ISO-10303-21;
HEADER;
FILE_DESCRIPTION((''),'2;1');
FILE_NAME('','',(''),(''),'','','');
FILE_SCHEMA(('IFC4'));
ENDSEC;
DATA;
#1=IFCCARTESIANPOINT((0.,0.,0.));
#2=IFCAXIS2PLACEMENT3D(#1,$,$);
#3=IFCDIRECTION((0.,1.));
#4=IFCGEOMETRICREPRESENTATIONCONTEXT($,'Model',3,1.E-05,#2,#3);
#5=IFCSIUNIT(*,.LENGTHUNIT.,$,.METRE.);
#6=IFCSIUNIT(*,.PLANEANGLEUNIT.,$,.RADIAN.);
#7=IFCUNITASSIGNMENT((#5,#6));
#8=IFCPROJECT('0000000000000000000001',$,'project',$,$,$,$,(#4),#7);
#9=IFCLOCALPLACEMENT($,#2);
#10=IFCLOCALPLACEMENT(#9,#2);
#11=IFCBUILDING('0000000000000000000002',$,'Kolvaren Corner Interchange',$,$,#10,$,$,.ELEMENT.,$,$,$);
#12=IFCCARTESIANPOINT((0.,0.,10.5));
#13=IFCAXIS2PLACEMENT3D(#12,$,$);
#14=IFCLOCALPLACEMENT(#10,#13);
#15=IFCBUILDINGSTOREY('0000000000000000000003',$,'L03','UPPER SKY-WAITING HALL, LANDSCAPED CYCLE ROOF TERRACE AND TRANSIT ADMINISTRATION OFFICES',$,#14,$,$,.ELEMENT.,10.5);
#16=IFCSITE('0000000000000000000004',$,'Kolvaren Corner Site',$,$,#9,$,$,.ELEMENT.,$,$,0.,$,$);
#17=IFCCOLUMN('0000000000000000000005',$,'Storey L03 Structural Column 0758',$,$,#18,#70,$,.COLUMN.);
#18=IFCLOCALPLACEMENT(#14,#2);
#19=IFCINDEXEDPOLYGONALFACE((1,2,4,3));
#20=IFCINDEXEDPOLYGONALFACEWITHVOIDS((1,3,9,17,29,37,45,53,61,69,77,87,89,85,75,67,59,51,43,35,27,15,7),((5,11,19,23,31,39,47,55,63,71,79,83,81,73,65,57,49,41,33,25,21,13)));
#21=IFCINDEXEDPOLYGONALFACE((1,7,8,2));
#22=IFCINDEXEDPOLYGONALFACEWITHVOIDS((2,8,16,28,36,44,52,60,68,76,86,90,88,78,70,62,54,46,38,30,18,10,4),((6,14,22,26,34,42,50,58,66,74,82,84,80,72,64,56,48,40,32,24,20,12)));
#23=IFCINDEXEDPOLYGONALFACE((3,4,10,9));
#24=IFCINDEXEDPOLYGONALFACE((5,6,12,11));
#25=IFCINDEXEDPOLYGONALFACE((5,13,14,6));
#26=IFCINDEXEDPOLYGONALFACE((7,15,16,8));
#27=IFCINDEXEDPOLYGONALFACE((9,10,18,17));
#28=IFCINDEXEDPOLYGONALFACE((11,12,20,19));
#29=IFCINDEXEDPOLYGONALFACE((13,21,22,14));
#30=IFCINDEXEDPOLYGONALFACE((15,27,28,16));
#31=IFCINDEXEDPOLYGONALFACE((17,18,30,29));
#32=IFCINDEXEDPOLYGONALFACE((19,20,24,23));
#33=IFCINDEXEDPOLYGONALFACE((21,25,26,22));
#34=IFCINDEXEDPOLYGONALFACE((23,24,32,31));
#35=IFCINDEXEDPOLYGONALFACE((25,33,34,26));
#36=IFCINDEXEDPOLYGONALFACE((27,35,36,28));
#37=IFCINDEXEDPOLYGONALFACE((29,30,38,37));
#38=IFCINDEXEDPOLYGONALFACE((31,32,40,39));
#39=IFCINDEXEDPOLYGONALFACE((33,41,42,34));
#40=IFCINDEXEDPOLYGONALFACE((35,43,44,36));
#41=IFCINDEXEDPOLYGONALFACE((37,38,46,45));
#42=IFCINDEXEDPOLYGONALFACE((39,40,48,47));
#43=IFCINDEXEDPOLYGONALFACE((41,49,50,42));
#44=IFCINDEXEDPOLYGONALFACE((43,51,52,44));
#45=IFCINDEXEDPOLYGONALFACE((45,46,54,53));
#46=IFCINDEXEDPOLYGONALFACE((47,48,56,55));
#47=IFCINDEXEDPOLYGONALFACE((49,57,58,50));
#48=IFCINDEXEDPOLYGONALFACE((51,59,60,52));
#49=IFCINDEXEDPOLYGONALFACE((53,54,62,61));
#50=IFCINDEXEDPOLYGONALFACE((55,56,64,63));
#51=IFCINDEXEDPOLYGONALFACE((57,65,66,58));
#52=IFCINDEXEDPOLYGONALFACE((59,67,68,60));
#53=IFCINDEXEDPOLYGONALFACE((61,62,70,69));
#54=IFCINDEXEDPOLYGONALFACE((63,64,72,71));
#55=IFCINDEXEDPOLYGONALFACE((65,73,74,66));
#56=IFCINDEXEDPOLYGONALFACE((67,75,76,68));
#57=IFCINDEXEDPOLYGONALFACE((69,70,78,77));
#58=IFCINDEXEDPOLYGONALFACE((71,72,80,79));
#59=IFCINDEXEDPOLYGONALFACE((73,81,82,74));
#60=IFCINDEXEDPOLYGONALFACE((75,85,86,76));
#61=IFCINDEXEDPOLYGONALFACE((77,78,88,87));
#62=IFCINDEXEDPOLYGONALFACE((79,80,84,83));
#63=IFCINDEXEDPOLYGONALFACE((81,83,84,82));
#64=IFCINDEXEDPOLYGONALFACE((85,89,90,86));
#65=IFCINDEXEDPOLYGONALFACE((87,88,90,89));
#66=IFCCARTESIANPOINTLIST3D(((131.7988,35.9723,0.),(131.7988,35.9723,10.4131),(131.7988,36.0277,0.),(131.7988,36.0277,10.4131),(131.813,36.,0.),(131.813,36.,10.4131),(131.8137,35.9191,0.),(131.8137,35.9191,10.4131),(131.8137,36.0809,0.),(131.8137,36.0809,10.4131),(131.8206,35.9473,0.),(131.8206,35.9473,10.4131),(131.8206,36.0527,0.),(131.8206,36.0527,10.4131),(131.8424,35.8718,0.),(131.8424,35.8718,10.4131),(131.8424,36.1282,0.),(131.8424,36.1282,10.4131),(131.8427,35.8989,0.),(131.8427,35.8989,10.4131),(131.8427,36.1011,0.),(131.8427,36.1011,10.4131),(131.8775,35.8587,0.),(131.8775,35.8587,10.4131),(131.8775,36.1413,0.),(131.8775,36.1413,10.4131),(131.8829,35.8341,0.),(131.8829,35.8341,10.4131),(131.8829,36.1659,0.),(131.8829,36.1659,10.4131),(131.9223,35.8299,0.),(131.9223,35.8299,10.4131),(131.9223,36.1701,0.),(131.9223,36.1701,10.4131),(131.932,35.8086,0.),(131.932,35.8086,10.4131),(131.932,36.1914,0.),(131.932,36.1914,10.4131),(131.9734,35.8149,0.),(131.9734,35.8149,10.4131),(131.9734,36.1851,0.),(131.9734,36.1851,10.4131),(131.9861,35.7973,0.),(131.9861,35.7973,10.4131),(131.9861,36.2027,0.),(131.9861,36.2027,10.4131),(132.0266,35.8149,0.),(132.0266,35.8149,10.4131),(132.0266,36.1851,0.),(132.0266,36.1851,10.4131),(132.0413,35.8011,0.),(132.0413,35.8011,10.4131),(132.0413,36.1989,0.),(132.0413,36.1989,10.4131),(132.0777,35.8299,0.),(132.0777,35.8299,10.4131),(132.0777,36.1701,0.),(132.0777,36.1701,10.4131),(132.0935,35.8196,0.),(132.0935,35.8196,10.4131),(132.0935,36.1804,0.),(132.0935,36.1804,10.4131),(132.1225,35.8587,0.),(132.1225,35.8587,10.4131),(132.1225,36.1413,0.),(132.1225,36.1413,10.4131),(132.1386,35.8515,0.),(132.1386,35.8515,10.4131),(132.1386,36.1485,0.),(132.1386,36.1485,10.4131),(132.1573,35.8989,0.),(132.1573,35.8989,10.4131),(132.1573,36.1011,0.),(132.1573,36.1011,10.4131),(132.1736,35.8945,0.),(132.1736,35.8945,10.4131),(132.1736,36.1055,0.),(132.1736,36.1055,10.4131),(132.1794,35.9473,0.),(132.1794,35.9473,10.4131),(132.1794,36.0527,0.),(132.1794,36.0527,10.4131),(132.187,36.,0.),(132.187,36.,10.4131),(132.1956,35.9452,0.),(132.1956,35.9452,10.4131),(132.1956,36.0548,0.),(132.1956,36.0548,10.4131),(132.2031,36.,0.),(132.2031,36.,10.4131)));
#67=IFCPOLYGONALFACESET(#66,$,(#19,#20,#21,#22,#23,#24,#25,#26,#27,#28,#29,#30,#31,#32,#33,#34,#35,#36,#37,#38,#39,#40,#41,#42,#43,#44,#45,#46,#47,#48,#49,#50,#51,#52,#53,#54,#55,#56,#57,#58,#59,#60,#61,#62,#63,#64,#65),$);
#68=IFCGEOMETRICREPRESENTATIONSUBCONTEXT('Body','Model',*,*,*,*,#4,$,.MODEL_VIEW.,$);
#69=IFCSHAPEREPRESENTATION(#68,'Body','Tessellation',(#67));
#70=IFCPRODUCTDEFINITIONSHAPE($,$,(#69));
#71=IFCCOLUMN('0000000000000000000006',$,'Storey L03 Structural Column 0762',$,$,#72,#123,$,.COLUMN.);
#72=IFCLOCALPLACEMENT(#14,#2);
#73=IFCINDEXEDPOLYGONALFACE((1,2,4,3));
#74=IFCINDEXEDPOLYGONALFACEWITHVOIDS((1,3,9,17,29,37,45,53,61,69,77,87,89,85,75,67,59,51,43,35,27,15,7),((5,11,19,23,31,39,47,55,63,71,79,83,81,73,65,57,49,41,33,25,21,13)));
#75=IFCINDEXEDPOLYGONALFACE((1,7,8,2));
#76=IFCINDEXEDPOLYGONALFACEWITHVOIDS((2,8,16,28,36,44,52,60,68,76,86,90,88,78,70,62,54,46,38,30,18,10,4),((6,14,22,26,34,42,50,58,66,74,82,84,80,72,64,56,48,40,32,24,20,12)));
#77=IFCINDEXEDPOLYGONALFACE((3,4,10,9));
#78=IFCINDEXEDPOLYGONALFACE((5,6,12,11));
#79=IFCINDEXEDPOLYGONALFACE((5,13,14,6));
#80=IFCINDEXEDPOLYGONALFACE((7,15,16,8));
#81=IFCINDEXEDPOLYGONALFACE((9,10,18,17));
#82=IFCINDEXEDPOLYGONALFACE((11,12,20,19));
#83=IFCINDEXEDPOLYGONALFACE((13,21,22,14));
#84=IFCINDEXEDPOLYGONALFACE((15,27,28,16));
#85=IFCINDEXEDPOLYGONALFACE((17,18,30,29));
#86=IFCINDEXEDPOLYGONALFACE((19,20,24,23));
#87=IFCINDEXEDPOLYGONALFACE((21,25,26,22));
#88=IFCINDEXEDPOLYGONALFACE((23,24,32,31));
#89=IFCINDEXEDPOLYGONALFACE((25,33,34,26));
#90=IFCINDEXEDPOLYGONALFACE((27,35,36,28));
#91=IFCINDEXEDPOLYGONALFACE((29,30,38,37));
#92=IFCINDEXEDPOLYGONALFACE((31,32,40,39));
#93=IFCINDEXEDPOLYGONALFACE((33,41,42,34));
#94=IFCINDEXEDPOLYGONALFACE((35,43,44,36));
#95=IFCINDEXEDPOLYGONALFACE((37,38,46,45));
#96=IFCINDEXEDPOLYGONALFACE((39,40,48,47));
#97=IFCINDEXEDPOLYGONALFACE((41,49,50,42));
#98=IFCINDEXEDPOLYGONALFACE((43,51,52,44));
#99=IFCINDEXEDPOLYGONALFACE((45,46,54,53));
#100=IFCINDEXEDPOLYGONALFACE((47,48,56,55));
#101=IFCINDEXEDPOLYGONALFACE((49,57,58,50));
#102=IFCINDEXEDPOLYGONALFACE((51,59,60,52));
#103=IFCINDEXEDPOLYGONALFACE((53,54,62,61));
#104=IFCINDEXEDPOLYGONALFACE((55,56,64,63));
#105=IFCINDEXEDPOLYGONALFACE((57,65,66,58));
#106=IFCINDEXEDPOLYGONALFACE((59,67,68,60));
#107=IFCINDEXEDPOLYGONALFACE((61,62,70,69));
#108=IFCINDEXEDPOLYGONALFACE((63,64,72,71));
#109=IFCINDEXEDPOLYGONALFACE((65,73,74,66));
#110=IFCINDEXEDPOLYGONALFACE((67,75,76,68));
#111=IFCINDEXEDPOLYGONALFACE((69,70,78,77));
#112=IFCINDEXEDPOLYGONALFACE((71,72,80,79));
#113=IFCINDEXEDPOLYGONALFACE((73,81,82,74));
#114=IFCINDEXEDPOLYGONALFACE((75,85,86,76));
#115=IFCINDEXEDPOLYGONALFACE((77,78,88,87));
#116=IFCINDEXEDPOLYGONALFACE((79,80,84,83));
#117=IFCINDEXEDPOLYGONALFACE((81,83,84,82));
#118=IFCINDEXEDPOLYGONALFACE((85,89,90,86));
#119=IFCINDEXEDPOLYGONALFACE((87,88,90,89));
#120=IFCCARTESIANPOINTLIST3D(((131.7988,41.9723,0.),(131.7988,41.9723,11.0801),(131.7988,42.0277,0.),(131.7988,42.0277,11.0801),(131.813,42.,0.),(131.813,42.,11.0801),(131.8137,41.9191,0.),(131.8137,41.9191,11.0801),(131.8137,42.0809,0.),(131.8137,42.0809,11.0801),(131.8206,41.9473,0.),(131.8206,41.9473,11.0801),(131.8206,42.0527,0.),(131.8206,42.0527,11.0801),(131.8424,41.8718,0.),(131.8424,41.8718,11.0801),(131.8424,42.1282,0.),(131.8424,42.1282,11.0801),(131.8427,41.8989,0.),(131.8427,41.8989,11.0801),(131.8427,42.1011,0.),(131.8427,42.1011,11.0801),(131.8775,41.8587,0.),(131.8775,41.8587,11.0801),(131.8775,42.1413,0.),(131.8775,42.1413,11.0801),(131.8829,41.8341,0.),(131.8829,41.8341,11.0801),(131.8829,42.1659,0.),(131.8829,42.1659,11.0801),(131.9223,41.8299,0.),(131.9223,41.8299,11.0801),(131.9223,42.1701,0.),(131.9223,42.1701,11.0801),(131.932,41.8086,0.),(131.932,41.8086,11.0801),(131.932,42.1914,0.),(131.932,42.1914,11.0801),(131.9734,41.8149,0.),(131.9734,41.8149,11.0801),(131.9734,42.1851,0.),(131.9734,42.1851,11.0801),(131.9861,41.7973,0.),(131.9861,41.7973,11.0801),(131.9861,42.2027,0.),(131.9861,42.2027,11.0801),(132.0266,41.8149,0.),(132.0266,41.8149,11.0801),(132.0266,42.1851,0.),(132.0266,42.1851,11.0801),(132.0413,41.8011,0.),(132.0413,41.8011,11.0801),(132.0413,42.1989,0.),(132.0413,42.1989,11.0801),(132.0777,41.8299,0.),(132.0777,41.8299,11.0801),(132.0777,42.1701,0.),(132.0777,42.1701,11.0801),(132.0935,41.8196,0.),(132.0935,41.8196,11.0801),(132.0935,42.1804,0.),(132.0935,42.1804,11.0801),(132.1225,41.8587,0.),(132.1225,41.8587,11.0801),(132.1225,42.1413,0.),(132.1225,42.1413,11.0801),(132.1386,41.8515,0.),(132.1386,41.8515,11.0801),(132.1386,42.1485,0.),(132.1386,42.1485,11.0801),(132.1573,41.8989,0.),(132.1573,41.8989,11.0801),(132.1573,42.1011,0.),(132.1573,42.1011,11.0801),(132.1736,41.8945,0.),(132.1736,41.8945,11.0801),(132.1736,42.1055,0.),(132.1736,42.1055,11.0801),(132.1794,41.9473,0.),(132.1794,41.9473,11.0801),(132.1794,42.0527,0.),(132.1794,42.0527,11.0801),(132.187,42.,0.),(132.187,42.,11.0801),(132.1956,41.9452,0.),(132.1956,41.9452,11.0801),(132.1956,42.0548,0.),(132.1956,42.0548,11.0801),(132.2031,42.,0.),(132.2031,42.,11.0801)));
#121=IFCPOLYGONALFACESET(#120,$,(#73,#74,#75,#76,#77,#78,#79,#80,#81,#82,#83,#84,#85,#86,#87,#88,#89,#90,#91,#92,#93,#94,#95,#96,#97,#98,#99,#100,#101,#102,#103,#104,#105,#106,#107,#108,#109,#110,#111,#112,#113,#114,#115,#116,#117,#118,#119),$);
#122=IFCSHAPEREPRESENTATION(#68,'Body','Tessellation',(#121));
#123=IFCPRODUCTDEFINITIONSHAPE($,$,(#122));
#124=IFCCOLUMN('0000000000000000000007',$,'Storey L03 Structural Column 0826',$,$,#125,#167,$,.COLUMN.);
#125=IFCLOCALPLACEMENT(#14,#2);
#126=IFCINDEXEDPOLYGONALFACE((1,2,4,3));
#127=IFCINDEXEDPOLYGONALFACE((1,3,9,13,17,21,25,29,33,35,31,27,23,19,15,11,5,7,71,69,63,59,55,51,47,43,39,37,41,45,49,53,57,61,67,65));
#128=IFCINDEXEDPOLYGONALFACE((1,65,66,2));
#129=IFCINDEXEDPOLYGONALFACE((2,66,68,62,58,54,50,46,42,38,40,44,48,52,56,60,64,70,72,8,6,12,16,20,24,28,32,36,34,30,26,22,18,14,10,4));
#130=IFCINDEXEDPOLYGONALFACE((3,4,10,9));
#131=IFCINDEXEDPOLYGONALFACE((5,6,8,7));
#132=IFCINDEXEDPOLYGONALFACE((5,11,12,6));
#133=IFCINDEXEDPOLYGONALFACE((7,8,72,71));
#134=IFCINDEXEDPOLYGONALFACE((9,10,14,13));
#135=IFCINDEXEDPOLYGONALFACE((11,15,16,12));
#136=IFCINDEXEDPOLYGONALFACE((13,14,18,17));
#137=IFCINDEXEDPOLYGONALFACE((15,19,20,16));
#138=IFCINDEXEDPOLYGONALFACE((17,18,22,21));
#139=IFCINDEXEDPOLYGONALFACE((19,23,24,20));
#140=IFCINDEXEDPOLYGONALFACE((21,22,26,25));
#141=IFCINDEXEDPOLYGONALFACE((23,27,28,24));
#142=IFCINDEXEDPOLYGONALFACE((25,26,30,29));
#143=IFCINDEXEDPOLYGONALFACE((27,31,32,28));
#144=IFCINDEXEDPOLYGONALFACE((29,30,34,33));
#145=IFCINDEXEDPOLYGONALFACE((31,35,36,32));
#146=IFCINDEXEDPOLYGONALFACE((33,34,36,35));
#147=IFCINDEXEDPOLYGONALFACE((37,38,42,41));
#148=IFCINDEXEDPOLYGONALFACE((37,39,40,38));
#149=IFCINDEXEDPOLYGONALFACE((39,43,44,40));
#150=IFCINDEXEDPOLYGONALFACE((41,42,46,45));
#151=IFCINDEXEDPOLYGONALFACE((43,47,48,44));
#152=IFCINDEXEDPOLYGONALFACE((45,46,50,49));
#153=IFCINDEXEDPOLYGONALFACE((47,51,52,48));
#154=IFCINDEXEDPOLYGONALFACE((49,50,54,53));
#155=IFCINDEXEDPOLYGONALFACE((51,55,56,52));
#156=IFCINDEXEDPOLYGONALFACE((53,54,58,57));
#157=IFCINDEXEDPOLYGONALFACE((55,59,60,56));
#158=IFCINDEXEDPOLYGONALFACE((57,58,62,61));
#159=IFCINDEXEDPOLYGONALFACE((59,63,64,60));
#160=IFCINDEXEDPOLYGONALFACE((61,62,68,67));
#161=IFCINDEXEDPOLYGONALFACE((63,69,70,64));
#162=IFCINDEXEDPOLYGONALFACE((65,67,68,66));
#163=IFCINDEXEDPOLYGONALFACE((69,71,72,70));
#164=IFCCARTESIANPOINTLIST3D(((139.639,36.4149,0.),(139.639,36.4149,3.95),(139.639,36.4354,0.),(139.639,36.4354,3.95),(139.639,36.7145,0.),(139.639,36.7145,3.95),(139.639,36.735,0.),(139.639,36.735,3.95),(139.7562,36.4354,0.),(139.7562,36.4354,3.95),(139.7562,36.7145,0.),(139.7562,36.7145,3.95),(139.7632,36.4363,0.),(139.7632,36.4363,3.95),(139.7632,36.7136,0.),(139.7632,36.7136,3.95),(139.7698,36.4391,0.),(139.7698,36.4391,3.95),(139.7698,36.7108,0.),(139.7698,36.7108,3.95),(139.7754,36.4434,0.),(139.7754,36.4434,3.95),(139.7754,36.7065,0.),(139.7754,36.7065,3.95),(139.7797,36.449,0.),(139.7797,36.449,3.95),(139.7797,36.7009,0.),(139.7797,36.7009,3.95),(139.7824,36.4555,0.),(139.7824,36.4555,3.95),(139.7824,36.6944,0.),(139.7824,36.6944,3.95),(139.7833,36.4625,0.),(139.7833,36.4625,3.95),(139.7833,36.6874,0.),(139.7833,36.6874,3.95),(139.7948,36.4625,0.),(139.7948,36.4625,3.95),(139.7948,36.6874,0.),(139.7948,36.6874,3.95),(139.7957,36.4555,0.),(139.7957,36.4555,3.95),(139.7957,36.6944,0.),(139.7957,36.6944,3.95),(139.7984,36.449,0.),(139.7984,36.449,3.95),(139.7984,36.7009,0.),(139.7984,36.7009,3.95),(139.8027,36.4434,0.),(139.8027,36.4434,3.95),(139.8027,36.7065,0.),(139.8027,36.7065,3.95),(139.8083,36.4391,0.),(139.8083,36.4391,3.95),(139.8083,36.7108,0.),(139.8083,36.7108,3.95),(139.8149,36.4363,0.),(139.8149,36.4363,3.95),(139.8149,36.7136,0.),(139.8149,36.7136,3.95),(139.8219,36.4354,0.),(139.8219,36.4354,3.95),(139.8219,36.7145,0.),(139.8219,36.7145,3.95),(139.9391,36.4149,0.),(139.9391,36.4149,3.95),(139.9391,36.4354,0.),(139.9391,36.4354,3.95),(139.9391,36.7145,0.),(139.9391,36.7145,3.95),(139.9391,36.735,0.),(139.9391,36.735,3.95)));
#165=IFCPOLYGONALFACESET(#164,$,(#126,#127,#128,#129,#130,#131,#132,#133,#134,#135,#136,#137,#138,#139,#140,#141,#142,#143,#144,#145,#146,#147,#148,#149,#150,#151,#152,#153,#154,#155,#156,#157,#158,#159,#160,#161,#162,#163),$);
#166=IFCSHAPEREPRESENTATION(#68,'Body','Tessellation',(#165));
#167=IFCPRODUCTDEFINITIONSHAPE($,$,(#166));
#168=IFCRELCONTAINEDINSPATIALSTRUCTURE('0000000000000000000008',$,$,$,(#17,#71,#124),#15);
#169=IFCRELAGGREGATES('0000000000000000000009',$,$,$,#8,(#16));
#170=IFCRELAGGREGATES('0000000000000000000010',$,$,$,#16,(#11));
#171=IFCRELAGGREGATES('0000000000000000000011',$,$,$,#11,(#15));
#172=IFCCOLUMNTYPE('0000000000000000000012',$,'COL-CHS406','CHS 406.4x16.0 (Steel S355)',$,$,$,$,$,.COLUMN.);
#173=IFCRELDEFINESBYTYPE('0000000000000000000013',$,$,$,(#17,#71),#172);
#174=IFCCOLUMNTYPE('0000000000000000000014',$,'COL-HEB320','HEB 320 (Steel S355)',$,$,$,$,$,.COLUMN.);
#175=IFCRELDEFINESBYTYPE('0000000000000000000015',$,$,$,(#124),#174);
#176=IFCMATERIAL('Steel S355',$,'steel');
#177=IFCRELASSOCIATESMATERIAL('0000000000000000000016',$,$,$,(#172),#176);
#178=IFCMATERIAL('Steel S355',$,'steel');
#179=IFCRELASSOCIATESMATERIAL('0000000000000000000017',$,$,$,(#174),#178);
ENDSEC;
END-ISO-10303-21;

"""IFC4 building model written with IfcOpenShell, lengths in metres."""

from ifc_helpers import new_model, si_unit, direction, frame, origin, origin_2d, place, context, subcontext, project, spatial, hollow_circle, i_section, extrude, material, material_profile, profile_set, type_object, element, save


model = new_model("IFC4")

# Units and contexts
model_context = context("Model", 3, precision=1e-05, world=origin(), true_north=direction((0.0, 1.0)))
body_context = subcontext(model_context, "Body", "Model", "MODEL_VIEW")
ifc_project = project(units=[si_unit("LENGTHUNIT", "METRE"), si_unit("PLANEANGLEUNIT", "RADIAN")], contexts=[model_context])

# Site, building, storey
site_placement = place(None, origin())
site = spatial("IfcSite", under=ifc_project, at=site_placement, Name="Kolvaren Corner Site", CompositionType="ELEMENT", RefElevation=0.0)
building_placement = place(site_placement, origin())
building = spatial("IfcBuilding", under=site, at=building_placement, Name="Kolvaren Corner Interchange", CompositionType="ELEMENT")
storey_placement = place(building_placement, frame((0.0, 0.0, 10.5)))
storey = spatial("IfcBuildingStorey", under=building, at=storey_placement, Name="L03", Description="UPPER SKY-WAITING HALL, LANDSCAPED CYCLE ROOF TERRACE AND TRANSIT ADMINISTRATION OFFICES", CompositionType="ELEMENT", Elevation=10.5)

# Columns
ifc_material_1 = material(Name="Steel S355", Category="steel")
ifc_material_profile_1 = material_profile(ifc_material_1, hollow_circle(Radius=0.2031, WallThickness=0.0161, at=origin_2d()), Name="CHS 406.4x16.0")
ifc_profile_set_1 = profile_set([ifc_material_profile_1], Name="Steel S355")
column_type_1 = type_object("IfcColumnType", Name="COL-CHS406", Description="CHS 406.4x16.0 (Steel S355)", PredefinedType="COLUMN", material=ifc_profile_set_1)
column_1_placement = place(storey_placement, frame((132.0, 36.0, 0.0), z_axis=(0.0, 0.0, 1.0), x_axis=(1.0, 0.0, 0.0)))
element("IfcColumn", 1, at=column_1_placement, inside=storey, type_object=column_type_1, Name="Storey L03 Structural Column 0758", PredefinedType="COLUMN", context=body_context, shape_type="SweptSolid", body=[
    extrude(hollow_circle(Radius=0.2031, WallThickness=0.0161, at=origin_2d()), origin(), (0.0, 0.0, 1.0), 10.4131),
])
column_2_placement = place(storey_placement, frame((132.0, 42.0, 0.0), z_axis=(0.0, 0.0, 1.0), x_axis=(1.0, 0.0, 0.0)))
element("IfcColumn", 2, at=column_2_placement, inside=storey, type_object=column_type_1, Name="Storey L03 Structural Column 0762", PredefinedType="COLUMN", context=body_context, shape_type="SweptSolid", body=[
    extrude(hollow_circle(Radius=0.2031, WallThickness=0.0161, at=origin_2d()), origin(), (0.0, 0.0, 1.0), 11.0801),
])
ifc_material_2 = material(Name="Steel S355", Category="steel")
ifc_material_profile_2 = material_profile(ifc_material_2, i_section(OverallWidth=0.3, OverallDepth=0.3201, WebThickness=0.0115, FlangeThickness=0.0205, FilletRadius=0.0271, at=origin_2d()), Name="HEB 320")
ifc_profile_set_2 = profile_set([ifc_material_profile_2], Name="Steel S355")
column_type_2 = type_object("IfcColumnType", Name="COL-HEB320", Description="HEB 320 (Steel S355)", PredefinedType="COLUMN", material=ifc_profile_set_2)
for number, where, z_axis, x_axis, name in (
    (3, (139.7891, 36.575, 0.0), (0.0, 0.0, 1.0), (1.0, 0.0, 0.0), "Storey L03 Structural Column 0826"),
):
    element("IfcColumn", number, at=place(storey_placement, frame(where, z_axis=z_axis, x_axis=x_axis)), inside=storey, type_object=column_type_2, Name=name, PredefinedType="COLUMN", context=body_context, shape_type="SweptSolid", body=[
        extrude(i_section(OverallWidth=0.3, OverallDepth=0.3201, WebThickness=0.0115, FlangeThickness=0.0205, FilletRadius=0.0271, at=origin_2d()), origin(), (0.0, 0.0, 1.0), 3.95),
    ])

save(model, "model.ifc")
